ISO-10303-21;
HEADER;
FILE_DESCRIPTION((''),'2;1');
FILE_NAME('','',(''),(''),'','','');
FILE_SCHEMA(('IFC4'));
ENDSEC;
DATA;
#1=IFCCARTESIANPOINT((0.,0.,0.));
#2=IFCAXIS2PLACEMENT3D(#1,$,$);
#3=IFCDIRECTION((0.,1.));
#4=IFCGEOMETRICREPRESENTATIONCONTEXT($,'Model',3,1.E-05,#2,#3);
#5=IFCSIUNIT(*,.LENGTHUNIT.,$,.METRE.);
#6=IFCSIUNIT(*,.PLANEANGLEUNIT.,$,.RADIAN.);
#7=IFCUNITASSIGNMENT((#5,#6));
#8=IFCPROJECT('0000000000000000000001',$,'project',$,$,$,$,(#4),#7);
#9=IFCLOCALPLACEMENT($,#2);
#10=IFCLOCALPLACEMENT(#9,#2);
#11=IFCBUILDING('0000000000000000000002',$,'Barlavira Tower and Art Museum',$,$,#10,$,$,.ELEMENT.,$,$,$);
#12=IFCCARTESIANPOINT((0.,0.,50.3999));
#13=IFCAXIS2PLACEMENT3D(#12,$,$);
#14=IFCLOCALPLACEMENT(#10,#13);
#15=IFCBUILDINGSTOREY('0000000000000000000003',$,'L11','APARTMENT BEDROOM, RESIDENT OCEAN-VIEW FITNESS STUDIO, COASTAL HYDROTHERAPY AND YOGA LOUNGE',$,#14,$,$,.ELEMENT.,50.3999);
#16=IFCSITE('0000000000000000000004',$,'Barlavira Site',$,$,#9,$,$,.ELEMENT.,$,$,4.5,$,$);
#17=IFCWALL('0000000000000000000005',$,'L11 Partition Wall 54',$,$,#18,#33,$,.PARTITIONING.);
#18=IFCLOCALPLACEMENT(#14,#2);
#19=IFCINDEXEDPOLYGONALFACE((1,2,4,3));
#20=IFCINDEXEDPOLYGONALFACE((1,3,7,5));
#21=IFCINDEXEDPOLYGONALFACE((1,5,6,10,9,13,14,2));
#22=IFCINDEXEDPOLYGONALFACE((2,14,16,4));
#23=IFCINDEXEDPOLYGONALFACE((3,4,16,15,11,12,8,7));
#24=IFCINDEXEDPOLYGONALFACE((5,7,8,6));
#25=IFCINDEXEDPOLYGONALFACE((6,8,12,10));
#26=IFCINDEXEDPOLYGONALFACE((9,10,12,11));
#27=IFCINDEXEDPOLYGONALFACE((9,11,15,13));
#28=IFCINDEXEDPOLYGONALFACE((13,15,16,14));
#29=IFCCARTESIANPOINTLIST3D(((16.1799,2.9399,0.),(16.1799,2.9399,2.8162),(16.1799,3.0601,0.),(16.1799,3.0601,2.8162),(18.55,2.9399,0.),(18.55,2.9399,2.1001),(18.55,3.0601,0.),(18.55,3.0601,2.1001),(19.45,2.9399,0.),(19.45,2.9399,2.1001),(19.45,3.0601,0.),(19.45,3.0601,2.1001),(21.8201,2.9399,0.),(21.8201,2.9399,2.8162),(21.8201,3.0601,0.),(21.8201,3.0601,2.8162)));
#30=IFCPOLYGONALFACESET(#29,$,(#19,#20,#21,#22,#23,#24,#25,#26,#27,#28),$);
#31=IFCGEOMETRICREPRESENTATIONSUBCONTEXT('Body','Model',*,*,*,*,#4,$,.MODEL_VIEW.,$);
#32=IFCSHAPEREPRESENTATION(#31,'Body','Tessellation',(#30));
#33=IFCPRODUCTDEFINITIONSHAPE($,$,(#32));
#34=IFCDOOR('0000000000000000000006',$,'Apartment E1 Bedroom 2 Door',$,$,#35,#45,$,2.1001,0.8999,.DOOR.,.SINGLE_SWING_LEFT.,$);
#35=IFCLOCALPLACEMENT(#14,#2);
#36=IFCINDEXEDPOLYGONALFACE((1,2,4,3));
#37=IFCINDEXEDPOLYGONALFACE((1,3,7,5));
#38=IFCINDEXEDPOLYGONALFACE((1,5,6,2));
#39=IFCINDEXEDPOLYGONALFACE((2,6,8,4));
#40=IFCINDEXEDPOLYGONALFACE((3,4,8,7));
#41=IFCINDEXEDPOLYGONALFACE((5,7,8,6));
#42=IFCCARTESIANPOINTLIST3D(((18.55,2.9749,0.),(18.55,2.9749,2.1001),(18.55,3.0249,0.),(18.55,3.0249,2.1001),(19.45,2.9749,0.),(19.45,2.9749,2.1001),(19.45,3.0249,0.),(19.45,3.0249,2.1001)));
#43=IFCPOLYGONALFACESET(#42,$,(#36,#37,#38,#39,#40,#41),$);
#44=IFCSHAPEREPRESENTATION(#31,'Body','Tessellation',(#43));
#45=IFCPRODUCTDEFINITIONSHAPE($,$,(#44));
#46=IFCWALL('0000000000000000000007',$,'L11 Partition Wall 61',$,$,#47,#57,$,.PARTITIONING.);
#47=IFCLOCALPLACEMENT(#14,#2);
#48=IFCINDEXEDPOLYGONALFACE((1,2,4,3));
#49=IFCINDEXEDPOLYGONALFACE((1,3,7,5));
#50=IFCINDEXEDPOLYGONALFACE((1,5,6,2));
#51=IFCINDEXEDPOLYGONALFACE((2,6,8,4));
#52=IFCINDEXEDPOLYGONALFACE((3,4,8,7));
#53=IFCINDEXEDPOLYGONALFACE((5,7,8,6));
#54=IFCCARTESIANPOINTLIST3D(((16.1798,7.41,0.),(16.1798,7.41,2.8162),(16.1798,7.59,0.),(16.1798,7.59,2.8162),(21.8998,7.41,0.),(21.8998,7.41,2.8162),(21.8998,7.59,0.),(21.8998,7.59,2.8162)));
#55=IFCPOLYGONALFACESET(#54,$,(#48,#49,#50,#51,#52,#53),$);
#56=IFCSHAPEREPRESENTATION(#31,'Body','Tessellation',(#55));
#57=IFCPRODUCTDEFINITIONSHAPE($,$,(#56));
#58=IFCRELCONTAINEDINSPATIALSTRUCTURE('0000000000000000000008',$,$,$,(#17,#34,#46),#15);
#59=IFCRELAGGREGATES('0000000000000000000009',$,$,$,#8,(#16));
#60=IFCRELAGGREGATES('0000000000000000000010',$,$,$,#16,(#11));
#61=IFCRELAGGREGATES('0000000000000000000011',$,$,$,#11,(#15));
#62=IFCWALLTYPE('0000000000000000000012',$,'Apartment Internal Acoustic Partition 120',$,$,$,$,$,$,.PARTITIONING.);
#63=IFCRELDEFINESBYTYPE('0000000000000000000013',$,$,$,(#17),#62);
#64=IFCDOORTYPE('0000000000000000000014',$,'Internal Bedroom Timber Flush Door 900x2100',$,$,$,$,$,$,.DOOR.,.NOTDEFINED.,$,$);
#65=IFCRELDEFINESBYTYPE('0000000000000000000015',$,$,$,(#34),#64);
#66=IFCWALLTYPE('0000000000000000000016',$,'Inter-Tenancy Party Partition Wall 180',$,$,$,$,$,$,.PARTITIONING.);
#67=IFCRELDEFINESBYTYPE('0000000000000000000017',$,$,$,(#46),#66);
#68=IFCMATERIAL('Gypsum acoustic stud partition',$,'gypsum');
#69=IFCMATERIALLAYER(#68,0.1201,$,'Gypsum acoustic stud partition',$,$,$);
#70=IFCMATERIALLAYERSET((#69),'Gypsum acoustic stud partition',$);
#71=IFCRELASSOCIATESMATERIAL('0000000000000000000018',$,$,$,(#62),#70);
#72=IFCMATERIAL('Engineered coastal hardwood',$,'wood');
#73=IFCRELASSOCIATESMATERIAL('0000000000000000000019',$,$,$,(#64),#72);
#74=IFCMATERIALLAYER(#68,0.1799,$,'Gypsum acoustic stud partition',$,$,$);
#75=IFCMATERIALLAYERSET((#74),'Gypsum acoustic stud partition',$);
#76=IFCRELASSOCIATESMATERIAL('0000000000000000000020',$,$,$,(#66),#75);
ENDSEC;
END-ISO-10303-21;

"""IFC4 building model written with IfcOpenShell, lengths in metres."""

from ifc_helpers import new_model, si_unit, direction, frame, frame_2d, origin, place, context, subcontext, project, spatial, rectangle, extrude, material, layer, layer_set, type_object, element, fill, save


model = new_model("IFC4")

# Units and contexts
model_context = context("Model", 3, precision=1e-05, world=origin(), true_north=direction((0.0, 1.0)))
body_context = subcontext(model_context, "Body", "Model", "MODEL_VIEW")
ifc_project = project(units=[si_unit("LENGTHUNIT", "METRE"), si_unit("PLANEANGLEUNIT", "RADIAN")], contexts=[model_context])

# Site, building, storey
site_placement = place(None, origin())
site = spatial("IfcSite", under=ifc_project, at=site_placement, Name="Barlavira Site", CompositionType="ELEMENT", RefElevation=4.5)
building_placement = place(site_placement, origin())
building = spatial("IfcBuilding", under=site, at=building_placement, Name="Barlavira Tower and Art Museum", CompositionType="ELEMENT")
storey_placement = place(building_placement, frame((0.0, 0.0, 50.3999)))
storey = spatial("IfcBuildingStorey", under=building, at=storey_placement, Name="L11", Description="APARTMENT BEDROOM, RESIDENT OCEAN-VIEW FITNESS STUDIO, COASTAL HYDROTHERAPY AND YOGA LOUNGE", CompositionType="ELEMENT", Elevation=50.3999)

# Wall, opening, door
ifc_material_1 = material(Name="Gypsum acoustic stud partition", Category="gypsum")
ifc_layer_1 = layer(ifc_material_1, 0.1201, Name="Gypsum acoustic stud partition")
ifc_layer_set_1 = layer_set([ifc_layer_1], Name="Gypsum acoustic stud partition")
wall_type_1 = type_object("IfcWallType", Name="Apartment Internal Acoustic Partition 120", PredefinedType="PARTITIONING", material=ifc_layer_set_1)
ifc_material_2 = material(Name="Engineered coastal hardwood", Category="wood")
door_type = type_object("IfcDoorType", Name="Internal Bedroom Timber Flush Door 900x2100", OperationType="NOTDEFINED", PredefinedType="DOOR", material=ifc_material_2)
wall_1_placement = place(storey_placement, frame((16.1799, 3.0, 0.0), z_axis=(0.0, 0.0, 1.0), x_axis=(1.0, 0.0, 0.0)))
wall_1 = element("IfcWall", 1, at=wall_1_placement, inside=storey, type_object=wall_type_1, Name="L11 Partition Wall 54", PredefinedType="PARTITIONING", context=body_context, shape_type="SweptSolid", body=[
    extrude(rectangle(XDim=5.6401, YDim=0.1201, at=frame_2d((2.8201, 0.0))), origin(), (0.0, 0.0, 1.0), 2.8162),
])
opening_1_placement = place(wall_1_placement, frame((2.3701, 0.0, 0.0)))
opening_1 = element("IfcOpeningElement", 2, at=opening_1_placement, cuts=wall_1, PredefinedType="OPENING", context=body_context, shape_type="SweptSolid", body=[
    extrude(rectangle(XDim=0.8999, YDim=2.1001, at=frame_2d((0.45, 1.05))), frame((0.0, 0.0701, 0.0), z_axis=(0.0, -1.0, 0.0), x_axis=(1.0, 0.0, 0.0)), (0.0, 0.0, 1.0), 0.1401),
])
door_1_placement = place(opening_1_placement, origin())
door_1 = element("IfcDoor", 3, at=door_1_placement, inside=storey, type_object=door_type, Name="Apartment E1 Bedroom 2 Door", OperationType="SINGLE_SWING_LEFT", OverallHeight=2.1001, OverallWidth=0.8999, PredefinedType="DOOR", context=body_context, shape_type="SweptSolid", body=[
    extrude(rectangle(XDim=0.8999, YDim=2.1001, at=frame_2d((0.45, 1.05))), frame((0.0, 0.0249, 0.0), z_axis=(0.0, -1.0, 0.0), x_axis=(1.0, 0.0, 0.0)), (0.0, 0.0, 1.0), 0.05),
])
fill(opening_1, door_1)

# Wall
ifc_layer_2 = layer(ifc_material_1, 0.1799, Name="Gypsum acoustic stud partition")
ifc_layer_set_2 = layer_set([ifc_layer_2], Name="Gypsum acoustic stud partition")
wall_type_2 = type_object("IfcWallType", Name="Inter-Tenancy Party Partition Wall 180", PredefinedType="PARTITIONING", material=ifc_layer_set_2)
wall_2_placement = place(storey_placement, frame((16.1799, 7.5, 0.0), z_axis=(0.0, 0.0, 1.0), x_axis=(1.0, 0.0, 0.0)))
element("IfcWall", 4, at=wall_2_placement, inside=storey, type_object=wall_type_2, Name="L11 Partition Wall 61", PredefinedType="PARTITIONING", context=body_context, shape_type="SweptSolid", body=[
    extrude(rectangle(XDim=5.72, YDim=0.1799, at=frame_2d((2.8599, 0.0))), origin(), (0.0, 0.0, 1.0), 2.8162),
])

save(model, "model.ifc")
